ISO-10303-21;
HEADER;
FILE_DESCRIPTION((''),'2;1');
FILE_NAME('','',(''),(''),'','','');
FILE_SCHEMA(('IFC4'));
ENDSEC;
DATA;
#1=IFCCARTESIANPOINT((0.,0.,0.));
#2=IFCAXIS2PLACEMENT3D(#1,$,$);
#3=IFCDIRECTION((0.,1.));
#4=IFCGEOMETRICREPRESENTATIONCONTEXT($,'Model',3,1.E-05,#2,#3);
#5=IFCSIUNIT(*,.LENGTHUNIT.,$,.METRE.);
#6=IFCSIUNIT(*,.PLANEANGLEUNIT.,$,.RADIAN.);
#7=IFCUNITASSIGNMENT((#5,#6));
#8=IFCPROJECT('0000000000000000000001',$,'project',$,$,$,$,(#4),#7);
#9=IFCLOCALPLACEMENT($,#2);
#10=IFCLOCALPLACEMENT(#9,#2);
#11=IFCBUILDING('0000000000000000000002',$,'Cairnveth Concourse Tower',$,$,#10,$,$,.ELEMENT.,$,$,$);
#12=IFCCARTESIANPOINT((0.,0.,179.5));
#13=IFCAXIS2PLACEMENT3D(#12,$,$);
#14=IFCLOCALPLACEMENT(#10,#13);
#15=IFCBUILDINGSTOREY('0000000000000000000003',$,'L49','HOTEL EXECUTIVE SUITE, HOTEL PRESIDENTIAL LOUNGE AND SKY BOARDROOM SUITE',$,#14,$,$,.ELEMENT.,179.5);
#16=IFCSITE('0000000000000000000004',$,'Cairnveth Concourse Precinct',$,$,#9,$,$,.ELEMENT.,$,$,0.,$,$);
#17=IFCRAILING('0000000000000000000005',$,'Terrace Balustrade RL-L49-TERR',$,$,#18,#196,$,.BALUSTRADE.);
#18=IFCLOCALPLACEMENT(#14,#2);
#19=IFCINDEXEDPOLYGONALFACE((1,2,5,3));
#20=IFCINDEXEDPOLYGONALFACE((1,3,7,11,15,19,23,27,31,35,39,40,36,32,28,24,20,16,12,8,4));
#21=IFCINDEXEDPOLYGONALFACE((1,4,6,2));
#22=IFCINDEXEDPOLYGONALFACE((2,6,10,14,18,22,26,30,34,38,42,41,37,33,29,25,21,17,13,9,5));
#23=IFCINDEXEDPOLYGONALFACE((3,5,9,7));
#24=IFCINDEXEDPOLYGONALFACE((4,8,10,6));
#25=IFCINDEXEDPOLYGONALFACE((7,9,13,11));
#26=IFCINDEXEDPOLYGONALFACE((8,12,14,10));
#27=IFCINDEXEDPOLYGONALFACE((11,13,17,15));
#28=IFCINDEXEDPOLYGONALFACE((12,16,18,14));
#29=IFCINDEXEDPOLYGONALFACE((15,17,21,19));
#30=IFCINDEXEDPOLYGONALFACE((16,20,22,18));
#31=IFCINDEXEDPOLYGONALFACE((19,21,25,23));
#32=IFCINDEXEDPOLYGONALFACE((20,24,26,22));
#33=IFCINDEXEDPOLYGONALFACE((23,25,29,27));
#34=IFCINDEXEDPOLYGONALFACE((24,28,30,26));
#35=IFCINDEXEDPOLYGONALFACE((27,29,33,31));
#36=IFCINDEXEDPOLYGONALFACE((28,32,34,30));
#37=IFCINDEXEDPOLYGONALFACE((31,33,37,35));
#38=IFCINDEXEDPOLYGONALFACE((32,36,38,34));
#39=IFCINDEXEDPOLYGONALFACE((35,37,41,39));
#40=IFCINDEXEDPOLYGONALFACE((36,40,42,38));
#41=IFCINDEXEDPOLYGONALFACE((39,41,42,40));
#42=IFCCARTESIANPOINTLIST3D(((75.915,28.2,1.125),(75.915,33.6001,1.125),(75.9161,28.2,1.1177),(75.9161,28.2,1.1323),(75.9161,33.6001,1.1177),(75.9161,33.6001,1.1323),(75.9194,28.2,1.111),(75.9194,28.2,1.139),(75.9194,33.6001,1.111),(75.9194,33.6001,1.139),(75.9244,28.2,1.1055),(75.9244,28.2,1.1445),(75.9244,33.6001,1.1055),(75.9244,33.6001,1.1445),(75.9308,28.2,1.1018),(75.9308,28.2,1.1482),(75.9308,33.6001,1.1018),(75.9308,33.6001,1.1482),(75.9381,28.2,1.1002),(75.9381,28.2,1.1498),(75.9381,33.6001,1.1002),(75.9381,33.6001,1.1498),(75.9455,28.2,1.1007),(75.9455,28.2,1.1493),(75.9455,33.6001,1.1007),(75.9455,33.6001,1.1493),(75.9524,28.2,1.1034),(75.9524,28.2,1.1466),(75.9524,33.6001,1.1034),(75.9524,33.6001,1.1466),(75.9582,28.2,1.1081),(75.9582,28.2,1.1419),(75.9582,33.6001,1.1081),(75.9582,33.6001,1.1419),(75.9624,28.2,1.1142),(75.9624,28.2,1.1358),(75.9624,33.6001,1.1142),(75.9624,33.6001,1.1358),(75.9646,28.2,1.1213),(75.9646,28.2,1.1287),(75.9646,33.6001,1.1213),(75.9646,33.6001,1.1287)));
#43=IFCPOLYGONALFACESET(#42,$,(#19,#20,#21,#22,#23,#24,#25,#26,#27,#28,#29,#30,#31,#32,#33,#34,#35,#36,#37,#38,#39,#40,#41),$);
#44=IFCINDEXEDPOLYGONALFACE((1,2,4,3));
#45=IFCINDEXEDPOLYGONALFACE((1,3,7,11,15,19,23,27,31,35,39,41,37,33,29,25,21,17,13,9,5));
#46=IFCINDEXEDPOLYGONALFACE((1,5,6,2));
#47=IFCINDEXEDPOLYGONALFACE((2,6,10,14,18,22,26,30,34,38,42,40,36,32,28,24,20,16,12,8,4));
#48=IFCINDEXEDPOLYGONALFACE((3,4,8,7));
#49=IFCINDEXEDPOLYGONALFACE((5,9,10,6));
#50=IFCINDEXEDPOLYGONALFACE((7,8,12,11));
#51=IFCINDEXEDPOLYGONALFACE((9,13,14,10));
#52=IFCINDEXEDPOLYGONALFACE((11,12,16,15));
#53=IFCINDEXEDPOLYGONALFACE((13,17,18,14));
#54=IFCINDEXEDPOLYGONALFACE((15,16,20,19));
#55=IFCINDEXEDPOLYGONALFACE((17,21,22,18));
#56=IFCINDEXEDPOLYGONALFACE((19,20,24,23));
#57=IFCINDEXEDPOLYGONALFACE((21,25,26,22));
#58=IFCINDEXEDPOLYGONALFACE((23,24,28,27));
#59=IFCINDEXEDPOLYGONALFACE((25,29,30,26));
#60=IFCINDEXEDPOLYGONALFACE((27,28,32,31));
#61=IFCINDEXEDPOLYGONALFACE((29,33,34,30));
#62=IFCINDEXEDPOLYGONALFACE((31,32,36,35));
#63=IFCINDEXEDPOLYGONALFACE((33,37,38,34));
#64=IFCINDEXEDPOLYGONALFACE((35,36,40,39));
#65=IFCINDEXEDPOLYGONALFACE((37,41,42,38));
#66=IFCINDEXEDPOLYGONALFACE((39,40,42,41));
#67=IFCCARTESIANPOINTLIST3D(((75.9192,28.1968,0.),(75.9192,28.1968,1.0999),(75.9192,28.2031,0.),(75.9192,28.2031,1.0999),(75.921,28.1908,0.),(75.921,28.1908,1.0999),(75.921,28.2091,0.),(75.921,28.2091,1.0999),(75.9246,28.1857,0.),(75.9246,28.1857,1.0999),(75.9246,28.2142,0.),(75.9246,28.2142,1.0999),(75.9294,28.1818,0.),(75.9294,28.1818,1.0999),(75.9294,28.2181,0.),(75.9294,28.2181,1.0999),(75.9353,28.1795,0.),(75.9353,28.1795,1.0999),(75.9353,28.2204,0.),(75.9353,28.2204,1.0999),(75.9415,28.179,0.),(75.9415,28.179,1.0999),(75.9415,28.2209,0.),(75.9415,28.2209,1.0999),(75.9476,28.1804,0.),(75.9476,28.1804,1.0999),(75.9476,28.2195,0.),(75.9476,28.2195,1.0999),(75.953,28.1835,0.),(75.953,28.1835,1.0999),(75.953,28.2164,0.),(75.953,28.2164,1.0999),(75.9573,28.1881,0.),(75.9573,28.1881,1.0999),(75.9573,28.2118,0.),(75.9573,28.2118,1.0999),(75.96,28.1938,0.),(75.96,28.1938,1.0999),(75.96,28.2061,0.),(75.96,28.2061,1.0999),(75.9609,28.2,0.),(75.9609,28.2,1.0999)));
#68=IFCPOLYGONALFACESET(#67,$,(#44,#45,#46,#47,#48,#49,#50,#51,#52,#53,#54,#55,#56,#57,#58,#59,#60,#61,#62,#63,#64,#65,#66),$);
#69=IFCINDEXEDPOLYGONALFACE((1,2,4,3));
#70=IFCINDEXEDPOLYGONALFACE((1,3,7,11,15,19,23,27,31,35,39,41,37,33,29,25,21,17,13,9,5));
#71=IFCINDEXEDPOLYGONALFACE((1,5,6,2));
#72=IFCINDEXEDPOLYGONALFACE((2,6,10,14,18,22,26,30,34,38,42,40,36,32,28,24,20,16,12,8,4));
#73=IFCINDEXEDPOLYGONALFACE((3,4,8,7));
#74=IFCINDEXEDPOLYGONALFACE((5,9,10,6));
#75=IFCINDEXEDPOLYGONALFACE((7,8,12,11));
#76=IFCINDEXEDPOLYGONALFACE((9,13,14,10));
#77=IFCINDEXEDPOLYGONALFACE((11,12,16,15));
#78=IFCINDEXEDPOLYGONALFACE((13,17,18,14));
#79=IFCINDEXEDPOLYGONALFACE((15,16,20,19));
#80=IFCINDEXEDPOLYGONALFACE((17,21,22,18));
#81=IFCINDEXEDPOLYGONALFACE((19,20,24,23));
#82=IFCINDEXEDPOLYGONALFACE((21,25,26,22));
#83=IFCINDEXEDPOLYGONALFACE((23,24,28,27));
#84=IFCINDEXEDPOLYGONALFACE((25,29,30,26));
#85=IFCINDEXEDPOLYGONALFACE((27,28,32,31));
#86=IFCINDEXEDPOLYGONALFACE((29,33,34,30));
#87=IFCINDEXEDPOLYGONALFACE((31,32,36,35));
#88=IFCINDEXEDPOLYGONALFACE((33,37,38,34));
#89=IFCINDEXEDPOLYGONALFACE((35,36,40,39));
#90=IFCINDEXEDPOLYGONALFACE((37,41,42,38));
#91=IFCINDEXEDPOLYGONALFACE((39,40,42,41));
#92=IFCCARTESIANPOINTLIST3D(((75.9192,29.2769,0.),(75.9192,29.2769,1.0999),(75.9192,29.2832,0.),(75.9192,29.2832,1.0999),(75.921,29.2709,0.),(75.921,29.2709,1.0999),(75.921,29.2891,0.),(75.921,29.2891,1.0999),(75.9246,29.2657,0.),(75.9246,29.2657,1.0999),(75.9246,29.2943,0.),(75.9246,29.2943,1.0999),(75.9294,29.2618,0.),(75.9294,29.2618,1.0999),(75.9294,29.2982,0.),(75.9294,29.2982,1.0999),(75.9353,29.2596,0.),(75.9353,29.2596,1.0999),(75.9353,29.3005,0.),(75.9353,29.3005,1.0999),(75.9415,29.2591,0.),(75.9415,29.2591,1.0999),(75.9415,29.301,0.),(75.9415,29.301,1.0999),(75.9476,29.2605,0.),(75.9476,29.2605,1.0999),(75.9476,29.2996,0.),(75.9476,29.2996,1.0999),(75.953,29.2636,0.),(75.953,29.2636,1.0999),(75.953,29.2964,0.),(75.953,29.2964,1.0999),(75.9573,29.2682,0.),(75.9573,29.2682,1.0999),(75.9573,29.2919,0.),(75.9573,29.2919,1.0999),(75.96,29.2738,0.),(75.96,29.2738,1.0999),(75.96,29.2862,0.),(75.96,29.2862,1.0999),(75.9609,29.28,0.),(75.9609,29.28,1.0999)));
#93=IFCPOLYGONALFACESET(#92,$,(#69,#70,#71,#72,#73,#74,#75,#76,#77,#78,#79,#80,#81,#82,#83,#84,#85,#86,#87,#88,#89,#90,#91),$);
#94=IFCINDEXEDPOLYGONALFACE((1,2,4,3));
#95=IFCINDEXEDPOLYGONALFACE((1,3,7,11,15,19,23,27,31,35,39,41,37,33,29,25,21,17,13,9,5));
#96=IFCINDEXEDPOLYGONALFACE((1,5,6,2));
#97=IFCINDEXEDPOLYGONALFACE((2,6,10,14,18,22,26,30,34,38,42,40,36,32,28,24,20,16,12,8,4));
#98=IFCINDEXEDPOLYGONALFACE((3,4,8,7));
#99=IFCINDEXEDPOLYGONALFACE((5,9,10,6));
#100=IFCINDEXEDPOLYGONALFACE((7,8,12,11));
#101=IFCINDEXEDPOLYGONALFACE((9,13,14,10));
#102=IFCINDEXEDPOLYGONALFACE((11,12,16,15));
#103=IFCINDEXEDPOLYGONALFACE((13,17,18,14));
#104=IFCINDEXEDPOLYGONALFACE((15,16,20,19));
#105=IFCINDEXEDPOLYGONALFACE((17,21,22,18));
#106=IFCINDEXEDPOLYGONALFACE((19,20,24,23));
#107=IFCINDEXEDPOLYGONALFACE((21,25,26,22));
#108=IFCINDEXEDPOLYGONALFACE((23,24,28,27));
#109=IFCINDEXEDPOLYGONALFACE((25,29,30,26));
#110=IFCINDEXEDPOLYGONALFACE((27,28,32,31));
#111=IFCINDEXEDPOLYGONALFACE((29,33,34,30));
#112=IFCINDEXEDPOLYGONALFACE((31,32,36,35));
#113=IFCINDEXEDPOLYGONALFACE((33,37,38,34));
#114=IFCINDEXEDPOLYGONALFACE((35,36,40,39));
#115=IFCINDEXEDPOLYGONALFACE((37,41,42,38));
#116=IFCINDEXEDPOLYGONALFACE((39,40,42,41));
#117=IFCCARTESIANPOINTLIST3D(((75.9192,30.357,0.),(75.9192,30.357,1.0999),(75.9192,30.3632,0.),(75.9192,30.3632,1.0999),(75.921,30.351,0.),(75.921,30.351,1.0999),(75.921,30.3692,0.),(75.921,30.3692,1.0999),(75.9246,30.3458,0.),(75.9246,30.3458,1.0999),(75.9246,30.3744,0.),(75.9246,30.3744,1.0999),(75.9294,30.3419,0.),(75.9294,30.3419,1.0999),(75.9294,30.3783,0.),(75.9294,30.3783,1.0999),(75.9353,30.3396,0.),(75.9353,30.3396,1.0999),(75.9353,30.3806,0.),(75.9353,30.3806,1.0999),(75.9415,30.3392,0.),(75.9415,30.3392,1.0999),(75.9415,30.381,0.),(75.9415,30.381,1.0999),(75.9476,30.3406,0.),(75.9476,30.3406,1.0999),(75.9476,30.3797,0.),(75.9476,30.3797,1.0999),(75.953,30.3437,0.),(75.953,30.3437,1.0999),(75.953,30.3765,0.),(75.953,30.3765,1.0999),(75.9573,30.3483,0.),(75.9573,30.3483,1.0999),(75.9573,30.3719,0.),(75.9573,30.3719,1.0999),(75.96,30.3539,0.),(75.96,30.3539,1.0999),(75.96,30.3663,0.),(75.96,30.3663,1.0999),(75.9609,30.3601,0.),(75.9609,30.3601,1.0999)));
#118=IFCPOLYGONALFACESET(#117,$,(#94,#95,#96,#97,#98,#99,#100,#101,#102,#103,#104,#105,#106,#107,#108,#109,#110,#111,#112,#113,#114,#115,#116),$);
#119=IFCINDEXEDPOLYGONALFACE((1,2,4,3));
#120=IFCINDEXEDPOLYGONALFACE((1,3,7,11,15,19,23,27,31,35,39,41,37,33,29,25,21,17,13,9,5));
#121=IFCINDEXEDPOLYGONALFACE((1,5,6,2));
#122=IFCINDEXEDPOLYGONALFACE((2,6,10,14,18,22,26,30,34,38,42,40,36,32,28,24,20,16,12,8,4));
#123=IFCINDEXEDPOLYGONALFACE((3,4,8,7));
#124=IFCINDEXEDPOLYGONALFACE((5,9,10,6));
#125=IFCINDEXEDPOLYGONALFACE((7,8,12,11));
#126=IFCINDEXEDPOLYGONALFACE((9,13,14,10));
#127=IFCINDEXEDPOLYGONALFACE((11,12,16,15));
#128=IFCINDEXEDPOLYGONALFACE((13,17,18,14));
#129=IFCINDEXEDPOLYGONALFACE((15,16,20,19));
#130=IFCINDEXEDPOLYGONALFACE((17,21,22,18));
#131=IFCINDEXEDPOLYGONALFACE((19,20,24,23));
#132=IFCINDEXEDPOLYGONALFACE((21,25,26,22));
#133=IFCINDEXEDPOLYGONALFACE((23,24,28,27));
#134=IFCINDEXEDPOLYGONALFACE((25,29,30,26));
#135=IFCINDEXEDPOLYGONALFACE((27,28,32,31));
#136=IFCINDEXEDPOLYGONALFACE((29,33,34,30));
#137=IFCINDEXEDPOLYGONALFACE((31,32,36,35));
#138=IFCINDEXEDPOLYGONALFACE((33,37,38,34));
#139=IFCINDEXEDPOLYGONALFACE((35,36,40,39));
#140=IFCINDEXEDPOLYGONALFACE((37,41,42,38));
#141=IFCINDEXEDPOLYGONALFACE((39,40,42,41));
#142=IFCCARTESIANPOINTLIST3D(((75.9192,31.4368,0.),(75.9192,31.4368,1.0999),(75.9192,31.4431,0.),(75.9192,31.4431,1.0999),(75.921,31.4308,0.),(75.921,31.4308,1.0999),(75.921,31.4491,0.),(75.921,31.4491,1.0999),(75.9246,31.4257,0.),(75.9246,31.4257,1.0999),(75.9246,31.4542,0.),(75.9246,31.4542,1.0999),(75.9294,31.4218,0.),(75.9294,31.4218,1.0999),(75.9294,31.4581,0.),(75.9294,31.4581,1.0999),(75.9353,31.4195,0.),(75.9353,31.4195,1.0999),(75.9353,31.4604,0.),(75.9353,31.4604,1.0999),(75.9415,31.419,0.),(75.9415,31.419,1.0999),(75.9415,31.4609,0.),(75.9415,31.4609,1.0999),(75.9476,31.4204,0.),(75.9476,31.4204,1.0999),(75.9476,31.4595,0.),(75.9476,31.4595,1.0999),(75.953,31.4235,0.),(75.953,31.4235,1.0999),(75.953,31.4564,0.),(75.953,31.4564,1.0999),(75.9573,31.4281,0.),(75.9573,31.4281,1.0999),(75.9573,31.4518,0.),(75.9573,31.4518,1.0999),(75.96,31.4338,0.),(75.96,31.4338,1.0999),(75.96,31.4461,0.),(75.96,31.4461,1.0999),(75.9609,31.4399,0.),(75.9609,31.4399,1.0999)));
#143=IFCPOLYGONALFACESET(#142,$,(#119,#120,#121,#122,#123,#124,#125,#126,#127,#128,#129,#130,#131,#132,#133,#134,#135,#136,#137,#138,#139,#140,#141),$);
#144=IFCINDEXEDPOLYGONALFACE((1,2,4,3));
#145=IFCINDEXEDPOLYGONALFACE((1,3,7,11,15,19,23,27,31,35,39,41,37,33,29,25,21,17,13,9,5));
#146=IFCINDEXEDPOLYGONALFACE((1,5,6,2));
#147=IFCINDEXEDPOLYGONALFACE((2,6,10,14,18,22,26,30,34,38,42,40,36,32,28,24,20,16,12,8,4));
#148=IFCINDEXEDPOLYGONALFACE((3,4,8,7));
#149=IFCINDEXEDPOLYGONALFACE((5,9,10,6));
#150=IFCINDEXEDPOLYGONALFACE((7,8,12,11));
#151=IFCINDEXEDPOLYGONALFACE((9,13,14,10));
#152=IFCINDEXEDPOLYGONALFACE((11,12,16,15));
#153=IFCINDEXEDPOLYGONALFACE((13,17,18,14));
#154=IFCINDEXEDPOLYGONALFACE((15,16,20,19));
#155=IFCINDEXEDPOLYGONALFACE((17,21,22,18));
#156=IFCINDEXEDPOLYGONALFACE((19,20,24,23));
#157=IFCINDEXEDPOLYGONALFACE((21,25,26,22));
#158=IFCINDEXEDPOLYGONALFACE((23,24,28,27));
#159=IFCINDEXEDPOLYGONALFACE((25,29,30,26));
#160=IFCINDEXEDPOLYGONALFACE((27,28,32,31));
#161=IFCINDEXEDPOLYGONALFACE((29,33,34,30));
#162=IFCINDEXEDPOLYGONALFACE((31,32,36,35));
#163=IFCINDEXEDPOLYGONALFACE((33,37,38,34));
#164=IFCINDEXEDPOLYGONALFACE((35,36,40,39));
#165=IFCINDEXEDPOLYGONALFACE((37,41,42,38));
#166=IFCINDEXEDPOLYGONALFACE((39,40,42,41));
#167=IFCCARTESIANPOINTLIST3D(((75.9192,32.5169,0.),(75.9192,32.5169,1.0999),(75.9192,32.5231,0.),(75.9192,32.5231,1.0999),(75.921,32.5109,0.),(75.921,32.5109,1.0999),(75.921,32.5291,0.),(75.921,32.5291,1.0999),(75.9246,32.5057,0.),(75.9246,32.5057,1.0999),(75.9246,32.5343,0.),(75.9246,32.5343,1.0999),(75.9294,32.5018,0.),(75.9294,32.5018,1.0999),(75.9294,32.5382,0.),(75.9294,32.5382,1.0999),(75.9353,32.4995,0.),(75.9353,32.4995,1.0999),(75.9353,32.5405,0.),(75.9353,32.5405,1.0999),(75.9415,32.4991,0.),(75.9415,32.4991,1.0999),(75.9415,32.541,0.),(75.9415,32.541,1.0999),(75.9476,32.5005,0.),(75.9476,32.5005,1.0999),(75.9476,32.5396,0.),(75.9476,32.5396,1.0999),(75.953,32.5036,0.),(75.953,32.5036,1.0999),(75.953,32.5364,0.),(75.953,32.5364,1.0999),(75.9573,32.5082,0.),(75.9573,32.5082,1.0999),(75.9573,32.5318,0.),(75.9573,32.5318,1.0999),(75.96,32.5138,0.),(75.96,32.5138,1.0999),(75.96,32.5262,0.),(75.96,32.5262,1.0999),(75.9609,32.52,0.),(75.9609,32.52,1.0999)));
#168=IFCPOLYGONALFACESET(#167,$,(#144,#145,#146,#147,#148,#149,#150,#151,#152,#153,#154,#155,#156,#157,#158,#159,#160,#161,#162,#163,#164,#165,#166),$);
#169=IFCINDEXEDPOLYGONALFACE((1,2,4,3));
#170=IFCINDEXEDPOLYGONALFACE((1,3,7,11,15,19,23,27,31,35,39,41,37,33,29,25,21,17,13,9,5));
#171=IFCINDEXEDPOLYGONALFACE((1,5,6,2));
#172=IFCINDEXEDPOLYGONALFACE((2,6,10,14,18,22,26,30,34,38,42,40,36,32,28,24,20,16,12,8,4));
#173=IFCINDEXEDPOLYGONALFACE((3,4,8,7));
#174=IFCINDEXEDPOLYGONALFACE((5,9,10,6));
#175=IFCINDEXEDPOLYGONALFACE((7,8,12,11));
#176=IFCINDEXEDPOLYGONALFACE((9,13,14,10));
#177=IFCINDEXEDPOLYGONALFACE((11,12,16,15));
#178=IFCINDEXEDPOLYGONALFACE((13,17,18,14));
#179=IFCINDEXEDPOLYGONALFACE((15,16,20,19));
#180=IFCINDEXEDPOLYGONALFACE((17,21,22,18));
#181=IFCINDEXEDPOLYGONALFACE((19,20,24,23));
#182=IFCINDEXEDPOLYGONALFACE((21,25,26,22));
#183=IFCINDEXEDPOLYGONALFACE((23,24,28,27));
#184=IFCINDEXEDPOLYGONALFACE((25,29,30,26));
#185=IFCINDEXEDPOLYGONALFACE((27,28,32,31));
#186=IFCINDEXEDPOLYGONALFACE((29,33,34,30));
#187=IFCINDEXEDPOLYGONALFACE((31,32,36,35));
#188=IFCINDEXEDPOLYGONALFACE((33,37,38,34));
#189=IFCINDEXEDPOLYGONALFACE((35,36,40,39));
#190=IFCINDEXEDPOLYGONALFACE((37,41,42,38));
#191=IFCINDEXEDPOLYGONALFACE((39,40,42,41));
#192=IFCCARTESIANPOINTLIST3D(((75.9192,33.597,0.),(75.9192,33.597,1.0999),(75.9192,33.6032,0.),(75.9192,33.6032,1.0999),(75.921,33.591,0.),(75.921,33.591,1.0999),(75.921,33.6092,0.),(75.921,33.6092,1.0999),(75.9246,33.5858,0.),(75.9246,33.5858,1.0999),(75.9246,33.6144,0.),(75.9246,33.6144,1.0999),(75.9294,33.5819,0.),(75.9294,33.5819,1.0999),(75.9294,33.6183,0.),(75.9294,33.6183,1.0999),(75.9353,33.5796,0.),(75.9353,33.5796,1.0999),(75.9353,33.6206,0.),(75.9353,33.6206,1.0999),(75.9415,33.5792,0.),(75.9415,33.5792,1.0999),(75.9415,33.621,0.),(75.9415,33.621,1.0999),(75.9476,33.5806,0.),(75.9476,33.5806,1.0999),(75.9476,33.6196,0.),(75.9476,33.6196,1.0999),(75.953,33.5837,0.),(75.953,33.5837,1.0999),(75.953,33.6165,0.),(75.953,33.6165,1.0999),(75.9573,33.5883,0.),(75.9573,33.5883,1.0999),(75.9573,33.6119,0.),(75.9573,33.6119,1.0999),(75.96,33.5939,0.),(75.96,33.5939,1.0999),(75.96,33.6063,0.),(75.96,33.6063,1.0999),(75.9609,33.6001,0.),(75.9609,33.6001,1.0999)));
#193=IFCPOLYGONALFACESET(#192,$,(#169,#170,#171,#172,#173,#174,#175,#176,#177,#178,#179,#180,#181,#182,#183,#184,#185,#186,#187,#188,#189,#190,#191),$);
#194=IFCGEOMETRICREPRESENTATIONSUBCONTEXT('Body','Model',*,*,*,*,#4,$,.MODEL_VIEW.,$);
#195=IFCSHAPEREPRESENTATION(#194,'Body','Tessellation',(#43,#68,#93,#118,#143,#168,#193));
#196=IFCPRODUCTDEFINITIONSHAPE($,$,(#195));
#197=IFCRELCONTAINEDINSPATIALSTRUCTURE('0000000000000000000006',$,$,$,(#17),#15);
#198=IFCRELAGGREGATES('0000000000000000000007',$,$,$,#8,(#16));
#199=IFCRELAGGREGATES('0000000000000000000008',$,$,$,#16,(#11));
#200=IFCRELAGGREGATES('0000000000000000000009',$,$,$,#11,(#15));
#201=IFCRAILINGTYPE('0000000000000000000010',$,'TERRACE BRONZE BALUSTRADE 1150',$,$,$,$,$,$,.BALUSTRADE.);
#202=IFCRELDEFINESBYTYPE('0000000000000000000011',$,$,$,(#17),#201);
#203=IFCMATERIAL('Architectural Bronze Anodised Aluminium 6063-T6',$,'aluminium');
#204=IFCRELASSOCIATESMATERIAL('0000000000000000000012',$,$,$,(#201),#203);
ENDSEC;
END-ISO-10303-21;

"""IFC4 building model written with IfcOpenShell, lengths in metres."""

from ifc_helpers import new_model, si_unit, direction, frame, origin, origin_2d, place, context, subcontext, project, spatial, circle, extrude, material, type_object, element, save


model = new_model("IFC4")

# Units and contexts
model_context = context("Model", 3, precision=1e-05, world=origin(), true_north=direction((0.0, 1.0)))
body_context = subcontext(model_context, "Body", "Model", "MODEL_VIEW")
ifc_project = project(units=[si_unit("LENGTHUNIT", "METRE"), si_unit("PLANEANGLEUNIT", "RADIAN")], contexts=[model_context])

# Site, building, storey
site_placement = place(None, origin())
site = spatial("IfcSite", under=ifc_project, at=site_placement, Name="Cairnveth Concourse Precinct", CompositionType="ELEMENT", RefElevation=0.0)
building_placement = place(site_placement, origin())
building = spatial("IfcBuilding", under=site, at=building_placement, Name="Cairnveth Concourse Tower", CompositionType="ELEMENT")
storey_placement = place(building_placement, frame((0.0, 0.0, 179.5)))
storey = spatial("IfcBuildingStorey", under=building, at=storey_placement, Name="L49", Description="HOTEL EXECUTIVE SUITE, HOTEL PRESIDENTIAL LOUNGE AND SKY BOARDROOM SUITE", CompositionType="ELEMENT", Elevation=179.5)

# Shared definitions
ifc_material_1 = material(Name="Architectural Bronze Anodised Aluminium 6063-T6", Category="aluminium")

# Railing
railing_type = type_object("IfcRailingType", Name="TERRACE BRONZE BALUSTRADE 1150", PredefinedType="BALUSTRADE", material=ifc_material_1)
railing_placement = place(storey_placement, frame((75.9399, 28.2, 0.0)))
element("IfcRailing", 1, at=railing_placement, inside=storey, type_object=railing_type, Name="Terrace Balustrade RL-L49-TERR", PredefinedType="BALUSTRADE", context=body_context, shape_type="SweptSolid", body=[
    extrude(circle(Radius=0.0249, at=origin_2d()), frame((0.0, 0.0, 1.125), z_axis=(0.0, 1.0, 0.0), x_axis=(-1.0, 0.0, 0.0)), (0.0, 0.0, 1.0), 5.4001),
    extrude(circle(Radius=0.021, at=origin_2d()), origin(), (0.0, 0.0, 1.0), 1.0999),
    extrude(circle(Radius=0.021, at=origin_2d()), frame((0.0, 1.0801, 0.0)), (0.0, 0.0, 1.0), 1.0999),
    extrude(circle(Radius=0.021, at=origin_2d()), frame((0.0, 2.1602, 0.0)), (0.0, 0.0, 1.0), 1.0999),
    extrude(circle(Radius=0.021, at=origin_2d()), frame((0.0, 3.24, 0.0)), (0.0, 0.0, 1.0), 1.0999),
    extrude(circle(Radius=0.021, at=origin_2d()), frame((0.0, 4.3201, 0.0)), (0.0, 0.0, 1.0), 1.0999),
    extrude(circle(Radius=0.021, at=origin_2d()), frame((0.0, 5.4001, 0.0)), (0.0, 0.0, 1.0), 1.0999),
])

save(model, "model.ifc")
